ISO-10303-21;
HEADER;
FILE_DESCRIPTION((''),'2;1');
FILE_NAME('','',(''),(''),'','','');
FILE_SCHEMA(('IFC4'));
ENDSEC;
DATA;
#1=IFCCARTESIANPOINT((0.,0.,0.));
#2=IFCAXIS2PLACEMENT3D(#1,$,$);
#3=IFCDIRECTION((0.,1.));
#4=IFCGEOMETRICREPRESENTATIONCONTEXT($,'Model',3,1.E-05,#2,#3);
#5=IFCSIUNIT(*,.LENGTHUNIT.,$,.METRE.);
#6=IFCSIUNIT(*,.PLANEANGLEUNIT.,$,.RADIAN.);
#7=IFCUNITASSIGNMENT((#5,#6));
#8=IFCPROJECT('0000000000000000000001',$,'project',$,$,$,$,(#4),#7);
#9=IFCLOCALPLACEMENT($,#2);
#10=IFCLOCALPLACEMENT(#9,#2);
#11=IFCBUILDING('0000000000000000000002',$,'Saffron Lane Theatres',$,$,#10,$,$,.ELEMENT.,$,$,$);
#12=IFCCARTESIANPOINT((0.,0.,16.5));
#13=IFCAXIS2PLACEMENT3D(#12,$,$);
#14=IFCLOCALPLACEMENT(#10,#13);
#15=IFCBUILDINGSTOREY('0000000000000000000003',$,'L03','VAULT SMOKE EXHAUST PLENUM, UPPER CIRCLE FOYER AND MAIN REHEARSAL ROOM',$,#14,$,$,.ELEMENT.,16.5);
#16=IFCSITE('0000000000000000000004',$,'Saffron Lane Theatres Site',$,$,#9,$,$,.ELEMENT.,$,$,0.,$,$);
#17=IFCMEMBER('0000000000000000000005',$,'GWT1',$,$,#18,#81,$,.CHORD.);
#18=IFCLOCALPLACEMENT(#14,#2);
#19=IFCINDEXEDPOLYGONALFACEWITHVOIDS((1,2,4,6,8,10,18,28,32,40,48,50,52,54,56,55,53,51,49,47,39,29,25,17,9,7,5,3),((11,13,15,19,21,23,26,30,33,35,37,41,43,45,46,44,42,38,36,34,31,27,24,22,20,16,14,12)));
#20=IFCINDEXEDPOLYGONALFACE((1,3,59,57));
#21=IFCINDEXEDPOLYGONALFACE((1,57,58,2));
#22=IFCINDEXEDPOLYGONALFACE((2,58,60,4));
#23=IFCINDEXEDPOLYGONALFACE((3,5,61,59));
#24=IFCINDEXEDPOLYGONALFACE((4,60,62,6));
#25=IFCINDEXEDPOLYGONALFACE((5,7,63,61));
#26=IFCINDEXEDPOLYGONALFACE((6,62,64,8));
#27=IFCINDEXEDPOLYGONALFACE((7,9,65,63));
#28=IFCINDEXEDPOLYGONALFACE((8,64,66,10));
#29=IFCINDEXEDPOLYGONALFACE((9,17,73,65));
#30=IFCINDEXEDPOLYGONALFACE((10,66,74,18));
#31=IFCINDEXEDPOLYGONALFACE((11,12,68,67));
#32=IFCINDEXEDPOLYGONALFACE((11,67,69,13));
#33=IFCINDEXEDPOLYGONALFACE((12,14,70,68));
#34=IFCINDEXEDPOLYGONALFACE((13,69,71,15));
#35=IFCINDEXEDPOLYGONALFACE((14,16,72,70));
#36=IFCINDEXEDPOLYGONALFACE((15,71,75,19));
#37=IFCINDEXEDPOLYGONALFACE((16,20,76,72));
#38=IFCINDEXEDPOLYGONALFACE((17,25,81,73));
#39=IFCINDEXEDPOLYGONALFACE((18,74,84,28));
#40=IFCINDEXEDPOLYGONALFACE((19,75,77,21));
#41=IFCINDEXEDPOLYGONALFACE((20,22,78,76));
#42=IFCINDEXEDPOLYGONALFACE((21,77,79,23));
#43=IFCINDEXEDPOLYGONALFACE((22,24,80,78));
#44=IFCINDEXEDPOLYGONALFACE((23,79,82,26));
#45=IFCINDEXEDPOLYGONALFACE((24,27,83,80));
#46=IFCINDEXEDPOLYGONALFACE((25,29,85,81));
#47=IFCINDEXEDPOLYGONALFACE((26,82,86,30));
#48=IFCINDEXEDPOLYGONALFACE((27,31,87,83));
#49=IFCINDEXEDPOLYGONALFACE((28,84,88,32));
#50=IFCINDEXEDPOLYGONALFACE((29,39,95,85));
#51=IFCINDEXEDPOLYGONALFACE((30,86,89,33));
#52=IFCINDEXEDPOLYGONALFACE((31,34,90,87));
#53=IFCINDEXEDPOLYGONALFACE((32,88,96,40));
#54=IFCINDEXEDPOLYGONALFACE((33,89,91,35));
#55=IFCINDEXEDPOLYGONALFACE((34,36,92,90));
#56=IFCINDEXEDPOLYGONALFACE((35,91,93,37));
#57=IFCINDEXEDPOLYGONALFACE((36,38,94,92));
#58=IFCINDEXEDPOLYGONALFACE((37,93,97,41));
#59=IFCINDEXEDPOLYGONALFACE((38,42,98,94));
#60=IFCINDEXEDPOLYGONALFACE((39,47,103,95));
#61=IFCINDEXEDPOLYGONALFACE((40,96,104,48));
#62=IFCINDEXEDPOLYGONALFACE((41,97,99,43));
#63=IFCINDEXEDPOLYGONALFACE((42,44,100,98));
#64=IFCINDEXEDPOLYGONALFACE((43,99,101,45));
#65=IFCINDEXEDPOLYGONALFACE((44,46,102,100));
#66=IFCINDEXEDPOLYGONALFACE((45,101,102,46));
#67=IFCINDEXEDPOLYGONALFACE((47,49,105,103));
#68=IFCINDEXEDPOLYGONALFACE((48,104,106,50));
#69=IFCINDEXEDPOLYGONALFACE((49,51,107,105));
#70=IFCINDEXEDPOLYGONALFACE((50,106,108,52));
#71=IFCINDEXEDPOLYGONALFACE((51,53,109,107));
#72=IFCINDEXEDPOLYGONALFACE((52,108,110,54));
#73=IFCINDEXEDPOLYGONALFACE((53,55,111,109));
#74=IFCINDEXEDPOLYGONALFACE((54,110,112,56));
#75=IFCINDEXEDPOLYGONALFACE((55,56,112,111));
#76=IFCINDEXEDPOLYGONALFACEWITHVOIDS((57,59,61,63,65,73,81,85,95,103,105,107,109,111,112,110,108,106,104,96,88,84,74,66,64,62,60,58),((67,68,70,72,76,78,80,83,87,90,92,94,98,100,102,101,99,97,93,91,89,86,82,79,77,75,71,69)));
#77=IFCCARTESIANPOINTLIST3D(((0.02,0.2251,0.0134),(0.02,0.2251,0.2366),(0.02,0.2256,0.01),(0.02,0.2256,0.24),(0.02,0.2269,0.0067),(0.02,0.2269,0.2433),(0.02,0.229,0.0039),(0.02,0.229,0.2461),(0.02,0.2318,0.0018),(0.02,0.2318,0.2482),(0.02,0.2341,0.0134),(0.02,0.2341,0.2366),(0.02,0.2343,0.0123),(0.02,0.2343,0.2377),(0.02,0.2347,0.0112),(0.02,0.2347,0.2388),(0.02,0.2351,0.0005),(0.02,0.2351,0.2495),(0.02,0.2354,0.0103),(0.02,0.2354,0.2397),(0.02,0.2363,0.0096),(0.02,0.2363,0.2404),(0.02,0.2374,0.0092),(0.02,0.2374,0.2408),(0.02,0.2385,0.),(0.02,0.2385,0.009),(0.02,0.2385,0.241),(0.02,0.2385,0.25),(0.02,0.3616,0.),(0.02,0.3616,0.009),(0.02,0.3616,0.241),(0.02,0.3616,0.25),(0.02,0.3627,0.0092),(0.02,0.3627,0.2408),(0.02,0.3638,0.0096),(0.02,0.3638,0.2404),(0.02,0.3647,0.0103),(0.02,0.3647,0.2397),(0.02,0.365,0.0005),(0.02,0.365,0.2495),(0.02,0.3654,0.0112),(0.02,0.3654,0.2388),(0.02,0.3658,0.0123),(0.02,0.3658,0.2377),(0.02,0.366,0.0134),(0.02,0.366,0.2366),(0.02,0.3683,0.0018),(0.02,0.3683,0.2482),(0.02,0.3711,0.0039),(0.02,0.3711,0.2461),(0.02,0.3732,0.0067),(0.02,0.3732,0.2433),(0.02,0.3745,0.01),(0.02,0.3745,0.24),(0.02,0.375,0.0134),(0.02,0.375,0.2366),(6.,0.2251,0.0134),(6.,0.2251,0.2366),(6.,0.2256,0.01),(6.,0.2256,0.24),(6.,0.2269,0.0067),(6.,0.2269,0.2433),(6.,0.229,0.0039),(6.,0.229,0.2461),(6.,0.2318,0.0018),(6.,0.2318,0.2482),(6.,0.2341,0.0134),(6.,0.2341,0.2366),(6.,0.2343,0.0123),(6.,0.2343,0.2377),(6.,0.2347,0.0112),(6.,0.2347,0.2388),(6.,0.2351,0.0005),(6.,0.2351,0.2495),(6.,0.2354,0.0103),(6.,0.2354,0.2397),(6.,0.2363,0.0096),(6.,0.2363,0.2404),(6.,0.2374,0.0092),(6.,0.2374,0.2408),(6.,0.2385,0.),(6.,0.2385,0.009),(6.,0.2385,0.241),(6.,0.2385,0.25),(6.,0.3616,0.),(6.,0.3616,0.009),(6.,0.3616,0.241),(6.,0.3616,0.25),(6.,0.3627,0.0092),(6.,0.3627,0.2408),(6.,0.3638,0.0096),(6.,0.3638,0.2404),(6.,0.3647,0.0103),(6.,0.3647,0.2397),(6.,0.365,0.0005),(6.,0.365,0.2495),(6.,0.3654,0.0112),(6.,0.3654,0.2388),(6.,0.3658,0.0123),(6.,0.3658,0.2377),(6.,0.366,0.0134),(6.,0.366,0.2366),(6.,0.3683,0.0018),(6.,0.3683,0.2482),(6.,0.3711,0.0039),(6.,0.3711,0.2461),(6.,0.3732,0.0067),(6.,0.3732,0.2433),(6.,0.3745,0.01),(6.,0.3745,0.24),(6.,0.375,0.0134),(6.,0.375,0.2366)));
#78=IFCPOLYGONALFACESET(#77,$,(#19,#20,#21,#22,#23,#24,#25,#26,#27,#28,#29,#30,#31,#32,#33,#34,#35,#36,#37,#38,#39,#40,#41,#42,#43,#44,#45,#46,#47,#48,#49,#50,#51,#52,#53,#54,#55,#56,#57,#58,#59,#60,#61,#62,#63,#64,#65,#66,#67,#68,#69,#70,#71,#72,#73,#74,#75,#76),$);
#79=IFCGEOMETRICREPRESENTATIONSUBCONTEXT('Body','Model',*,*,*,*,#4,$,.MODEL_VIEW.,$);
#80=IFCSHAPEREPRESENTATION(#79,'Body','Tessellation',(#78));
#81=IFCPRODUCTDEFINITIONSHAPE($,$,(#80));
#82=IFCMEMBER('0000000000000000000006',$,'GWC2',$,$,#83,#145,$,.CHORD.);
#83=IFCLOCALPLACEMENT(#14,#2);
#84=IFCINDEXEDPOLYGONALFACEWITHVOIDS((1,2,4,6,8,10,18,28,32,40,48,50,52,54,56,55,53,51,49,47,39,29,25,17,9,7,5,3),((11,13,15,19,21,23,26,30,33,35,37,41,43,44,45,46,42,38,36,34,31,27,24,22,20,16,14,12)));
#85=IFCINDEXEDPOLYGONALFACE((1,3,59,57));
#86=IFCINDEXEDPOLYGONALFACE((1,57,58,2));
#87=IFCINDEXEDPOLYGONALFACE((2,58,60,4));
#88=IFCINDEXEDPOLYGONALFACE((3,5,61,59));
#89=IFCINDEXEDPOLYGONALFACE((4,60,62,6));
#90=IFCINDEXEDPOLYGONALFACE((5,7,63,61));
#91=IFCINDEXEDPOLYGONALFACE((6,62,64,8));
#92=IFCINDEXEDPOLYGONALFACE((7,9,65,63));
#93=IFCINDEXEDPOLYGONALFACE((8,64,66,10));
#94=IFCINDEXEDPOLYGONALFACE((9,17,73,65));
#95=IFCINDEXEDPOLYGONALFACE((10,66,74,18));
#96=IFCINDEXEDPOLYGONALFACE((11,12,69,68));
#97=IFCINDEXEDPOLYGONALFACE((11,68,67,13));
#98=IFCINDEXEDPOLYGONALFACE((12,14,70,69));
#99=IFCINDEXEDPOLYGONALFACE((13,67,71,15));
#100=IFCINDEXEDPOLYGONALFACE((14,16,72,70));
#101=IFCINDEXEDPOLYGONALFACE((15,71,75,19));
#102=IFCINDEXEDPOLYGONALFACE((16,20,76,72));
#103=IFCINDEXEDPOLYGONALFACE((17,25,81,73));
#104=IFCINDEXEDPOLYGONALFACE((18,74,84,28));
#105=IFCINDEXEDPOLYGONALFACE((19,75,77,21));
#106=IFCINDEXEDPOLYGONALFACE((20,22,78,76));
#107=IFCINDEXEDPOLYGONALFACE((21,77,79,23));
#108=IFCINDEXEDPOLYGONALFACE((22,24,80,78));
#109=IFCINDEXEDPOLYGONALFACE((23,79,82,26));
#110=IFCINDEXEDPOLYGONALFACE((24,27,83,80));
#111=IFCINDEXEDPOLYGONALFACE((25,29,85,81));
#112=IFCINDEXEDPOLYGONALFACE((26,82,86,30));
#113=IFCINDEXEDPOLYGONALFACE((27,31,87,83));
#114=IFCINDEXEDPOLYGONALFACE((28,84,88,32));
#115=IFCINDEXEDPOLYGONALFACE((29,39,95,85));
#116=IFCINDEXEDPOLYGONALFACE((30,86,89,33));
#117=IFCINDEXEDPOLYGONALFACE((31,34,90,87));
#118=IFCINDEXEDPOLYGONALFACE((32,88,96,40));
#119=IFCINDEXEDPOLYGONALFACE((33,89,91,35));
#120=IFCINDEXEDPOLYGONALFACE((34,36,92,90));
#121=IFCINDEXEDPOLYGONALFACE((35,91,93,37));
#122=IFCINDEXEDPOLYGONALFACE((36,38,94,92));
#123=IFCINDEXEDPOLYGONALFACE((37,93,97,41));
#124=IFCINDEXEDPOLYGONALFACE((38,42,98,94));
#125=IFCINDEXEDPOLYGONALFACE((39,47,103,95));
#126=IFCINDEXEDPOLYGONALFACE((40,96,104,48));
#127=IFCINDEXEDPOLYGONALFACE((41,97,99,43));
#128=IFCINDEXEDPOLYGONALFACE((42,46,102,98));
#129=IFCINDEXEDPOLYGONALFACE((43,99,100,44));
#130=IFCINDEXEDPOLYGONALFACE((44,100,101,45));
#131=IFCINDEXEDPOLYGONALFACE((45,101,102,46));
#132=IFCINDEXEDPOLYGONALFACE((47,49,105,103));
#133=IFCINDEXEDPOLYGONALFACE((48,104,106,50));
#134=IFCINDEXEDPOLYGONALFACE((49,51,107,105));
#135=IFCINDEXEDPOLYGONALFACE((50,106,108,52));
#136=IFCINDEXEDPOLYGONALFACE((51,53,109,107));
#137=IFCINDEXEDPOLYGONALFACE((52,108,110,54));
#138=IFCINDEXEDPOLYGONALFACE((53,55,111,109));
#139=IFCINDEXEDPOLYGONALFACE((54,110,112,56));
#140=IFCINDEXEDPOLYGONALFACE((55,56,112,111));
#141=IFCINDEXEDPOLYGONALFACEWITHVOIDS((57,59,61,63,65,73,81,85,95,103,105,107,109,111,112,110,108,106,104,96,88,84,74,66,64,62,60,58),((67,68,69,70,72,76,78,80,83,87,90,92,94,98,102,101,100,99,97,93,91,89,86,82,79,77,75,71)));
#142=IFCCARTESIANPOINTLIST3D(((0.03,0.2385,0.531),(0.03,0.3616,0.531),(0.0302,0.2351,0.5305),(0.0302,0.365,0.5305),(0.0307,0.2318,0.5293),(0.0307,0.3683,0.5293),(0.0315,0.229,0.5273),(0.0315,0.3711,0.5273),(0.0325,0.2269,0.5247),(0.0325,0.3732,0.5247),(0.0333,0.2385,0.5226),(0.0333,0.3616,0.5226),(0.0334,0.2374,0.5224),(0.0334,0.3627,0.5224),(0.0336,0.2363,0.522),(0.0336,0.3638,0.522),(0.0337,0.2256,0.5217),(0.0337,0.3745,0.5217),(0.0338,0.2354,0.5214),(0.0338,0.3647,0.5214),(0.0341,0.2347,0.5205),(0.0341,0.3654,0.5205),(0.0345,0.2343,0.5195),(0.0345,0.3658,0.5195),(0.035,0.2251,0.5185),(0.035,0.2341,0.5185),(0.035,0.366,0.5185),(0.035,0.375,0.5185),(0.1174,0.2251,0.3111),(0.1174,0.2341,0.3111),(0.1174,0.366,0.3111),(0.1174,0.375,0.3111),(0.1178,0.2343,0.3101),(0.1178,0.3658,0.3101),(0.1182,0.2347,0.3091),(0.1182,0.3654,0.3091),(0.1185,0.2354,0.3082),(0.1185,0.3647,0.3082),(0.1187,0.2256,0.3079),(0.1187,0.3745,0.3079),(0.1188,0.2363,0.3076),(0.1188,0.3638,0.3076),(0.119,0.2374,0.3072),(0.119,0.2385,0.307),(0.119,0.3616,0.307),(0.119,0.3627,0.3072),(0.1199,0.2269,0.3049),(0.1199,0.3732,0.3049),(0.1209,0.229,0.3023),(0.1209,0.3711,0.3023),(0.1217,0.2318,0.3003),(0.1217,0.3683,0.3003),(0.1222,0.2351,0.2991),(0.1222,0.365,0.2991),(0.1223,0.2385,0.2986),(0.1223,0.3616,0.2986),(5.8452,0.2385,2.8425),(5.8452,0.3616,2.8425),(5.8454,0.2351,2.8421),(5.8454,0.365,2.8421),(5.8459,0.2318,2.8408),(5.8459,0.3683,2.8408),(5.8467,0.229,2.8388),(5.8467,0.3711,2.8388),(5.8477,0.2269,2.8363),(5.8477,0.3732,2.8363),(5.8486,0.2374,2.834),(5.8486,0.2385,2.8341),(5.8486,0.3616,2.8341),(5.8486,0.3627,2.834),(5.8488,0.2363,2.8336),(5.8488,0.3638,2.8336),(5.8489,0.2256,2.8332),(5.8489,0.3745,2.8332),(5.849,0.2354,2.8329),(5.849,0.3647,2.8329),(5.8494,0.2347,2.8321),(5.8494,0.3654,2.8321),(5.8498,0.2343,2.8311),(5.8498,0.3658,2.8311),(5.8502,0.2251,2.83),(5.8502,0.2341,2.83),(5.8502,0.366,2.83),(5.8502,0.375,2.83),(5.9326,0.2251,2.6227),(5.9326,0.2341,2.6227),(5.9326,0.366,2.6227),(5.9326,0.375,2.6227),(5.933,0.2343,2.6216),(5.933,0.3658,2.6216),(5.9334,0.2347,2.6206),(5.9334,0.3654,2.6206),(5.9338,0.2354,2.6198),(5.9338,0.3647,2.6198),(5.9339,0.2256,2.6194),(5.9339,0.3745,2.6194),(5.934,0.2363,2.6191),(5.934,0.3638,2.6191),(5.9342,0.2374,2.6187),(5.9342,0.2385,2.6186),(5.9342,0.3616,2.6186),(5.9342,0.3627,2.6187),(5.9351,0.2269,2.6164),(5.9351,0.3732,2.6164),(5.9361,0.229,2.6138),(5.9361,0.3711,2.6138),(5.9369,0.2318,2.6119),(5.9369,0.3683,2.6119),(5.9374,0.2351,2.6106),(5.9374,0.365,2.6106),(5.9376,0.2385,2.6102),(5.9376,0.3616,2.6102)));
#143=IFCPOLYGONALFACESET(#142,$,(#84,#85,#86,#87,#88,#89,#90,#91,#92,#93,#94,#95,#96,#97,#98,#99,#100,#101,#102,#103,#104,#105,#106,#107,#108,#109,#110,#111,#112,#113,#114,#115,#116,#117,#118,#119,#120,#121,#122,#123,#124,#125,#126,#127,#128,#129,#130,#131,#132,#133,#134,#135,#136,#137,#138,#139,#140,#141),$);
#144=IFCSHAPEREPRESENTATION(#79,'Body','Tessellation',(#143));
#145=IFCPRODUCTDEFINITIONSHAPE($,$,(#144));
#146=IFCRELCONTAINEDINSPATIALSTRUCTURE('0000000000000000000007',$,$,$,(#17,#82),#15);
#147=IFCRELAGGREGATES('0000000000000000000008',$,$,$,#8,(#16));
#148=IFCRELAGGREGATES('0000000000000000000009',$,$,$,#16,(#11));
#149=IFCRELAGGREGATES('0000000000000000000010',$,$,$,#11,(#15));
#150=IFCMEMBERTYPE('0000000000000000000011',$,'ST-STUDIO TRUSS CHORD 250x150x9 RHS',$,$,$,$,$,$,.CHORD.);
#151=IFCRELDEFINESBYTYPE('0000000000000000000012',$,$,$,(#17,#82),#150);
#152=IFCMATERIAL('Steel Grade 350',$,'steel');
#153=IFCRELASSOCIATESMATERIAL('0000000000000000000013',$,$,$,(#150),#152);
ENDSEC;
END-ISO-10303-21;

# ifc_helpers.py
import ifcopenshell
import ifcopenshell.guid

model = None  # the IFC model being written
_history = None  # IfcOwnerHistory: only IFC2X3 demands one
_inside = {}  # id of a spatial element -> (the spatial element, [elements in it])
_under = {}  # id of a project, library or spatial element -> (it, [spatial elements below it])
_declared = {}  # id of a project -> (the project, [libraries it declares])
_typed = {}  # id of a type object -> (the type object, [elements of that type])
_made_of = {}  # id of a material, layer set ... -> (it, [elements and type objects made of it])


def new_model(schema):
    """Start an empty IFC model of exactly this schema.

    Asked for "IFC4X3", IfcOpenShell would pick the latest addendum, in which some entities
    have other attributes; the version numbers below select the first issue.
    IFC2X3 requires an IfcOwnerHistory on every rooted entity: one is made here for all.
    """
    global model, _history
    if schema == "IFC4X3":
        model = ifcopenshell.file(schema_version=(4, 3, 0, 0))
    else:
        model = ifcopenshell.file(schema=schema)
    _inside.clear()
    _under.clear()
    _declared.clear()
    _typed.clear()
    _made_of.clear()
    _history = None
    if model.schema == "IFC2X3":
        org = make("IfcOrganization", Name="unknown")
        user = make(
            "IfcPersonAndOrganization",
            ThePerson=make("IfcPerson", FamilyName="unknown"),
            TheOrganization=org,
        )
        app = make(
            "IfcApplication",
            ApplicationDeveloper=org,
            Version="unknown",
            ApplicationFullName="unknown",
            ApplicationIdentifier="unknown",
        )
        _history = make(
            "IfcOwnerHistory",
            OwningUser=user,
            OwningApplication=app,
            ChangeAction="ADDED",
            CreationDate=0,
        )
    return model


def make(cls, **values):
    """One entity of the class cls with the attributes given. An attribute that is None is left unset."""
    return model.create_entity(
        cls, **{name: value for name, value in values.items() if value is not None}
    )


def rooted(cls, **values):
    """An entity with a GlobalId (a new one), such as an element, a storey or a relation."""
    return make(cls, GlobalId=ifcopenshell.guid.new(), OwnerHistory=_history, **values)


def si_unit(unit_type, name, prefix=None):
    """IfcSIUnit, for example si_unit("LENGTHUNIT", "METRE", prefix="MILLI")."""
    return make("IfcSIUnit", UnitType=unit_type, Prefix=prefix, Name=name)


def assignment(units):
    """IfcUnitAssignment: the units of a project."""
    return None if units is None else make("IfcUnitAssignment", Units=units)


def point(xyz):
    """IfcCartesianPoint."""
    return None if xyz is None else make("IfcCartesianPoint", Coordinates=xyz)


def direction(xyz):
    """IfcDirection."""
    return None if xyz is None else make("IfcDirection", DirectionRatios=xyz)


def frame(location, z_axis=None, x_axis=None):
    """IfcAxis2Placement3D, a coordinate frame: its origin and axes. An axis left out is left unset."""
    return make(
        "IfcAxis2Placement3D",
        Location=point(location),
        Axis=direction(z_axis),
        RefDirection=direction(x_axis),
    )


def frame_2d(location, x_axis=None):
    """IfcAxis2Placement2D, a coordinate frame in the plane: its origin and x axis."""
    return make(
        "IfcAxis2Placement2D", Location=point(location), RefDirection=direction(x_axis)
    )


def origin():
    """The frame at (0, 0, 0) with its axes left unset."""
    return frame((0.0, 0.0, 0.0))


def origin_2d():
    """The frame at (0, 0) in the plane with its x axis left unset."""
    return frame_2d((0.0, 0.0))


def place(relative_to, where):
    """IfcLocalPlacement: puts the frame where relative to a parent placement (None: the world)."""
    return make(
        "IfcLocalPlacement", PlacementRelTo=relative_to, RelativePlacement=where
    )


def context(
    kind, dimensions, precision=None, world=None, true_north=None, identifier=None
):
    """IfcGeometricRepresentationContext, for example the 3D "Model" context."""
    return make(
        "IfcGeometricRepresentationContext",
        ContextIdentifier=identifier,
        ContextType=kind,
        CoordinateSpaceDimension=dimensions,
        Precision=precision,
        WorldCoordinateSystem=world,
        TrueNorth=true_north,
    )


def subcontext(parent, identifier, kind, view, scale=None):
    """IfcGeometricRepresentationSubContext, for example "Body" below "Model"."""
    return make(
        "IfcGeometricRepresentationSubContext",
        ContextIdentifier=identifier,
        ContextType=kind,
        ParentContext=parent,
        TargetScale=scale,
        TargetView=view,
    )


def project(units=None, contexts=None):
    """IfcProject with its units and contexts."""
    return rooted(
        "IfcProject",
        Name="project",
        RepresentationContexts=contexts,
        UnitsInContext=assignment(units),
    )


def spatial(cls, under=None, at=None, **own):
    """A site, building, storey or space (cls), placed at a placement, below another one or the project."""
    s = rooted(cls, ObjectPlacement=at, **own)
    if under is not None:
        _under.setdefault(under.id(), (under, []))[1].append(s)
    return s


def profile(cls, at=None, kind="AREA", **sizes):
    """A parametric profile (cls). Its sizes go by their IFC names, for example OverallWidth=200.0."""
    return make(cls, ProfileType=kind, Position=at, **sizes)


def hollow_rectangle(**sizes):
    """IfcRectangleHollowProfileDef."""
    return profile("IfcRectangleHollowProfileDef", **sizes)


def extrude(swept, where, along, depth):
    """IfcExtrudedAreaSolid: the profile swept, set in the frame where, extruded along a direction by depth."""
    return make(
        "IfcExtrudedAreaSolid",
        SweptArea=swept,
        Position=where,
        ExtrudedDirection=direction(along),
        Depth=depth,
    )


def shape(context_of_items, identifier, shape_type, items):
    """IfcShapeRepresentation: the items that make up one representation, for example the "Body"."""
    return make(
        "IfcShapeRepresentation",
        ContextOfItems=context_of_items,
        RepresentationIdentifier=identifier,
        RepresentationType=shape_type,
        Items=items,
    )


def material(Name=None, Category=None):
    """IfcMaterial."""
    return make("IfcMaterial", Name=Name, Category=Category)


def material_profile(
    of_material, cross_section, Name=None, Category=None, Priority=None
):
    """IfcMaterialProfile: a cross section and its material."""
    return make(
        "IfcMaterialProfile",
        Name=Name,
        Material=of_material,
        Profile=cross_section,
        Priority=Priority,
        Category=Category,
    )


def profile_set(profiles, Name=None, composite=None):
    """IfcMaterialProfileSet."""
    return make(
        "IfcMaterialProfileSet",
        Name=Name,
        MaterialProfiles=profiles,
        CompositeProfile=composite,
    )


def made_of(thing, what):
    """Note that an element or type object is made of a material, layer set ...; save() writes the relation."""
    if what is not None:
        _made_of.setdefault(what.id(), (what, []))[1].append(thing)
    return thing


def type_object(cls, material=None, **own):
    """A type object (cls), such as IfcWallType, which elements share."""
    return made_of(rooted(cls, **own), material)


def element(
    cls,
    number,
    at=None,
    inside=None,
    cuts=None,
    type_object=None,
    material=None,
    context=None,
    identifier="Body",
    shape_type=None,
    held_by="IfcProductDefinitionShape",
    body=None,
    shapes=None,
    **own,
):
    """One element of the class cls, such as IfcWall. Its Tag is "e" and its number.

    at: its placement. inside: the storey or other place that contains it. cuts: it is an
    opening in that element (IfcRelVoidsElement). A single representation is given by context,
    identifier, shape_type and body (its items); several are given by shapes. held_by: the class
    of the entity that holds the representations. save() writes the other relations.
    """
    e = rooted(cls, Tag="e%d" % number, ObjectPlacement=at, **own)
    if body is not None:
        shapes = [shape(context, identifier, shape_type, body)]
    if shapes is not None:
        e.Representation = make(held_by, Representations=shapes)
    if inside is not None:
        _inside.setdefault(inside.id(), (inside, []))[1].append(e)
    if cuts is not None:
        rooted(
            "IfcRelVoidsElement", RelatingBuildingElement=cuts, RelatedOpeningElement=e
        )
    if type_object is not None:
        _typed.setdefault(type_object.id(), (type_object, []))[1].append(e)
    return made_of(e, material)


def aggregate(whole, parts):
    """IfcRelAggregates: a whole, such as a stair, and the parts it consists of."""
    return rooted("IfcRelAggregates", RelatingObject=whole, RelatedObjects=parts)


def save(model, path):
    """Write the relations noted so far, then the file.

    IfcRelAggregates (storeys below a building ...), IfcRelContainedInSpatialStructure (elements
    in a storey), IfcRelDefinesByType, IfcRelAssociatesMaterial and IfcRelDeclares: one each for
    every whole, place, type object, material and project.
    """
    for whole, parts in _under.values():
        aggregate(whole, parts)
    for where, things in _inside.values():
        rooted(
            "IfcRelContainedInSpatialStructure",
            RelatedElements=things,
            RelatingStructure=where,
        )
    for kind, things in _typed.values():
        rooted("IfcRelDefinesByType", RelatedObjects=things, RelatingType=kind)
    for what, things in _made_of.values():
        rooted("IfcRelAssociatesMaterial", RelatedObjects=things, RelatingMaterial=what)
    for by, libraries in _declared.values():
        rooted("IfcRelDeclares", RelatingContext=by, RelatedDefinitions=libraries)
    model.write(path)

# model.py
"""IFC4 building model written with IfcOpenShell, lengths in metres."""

from ifc_helpers import new_model, si_unit, direction, frame, origin, origin_2d, place, context, subcontext, project, spatial, hollow_rectangle, extrude, material, material_profile, profile_set, type_object, element, save


model = new_model("IFC4")

# Units and contexts
model_context = context("Model", 3, precision=1e-05, world=origin(), true_north=direction((0.0, 1.0)))
body_context = subcontext(model_context, "Body", "Model", "MODEL_VIEW")
ifc_project = project(units=[si_unit("LENGTHUNIT", "METRE"), si_unit("PLANEANGLEUNIT", "RADIAN")], contexts=[model_context])

# Site, building, storey
site_placement = place(None, origin())
site = spatial("IfcSite", under=ifc_project, at=site_placement, Name="Saffron Lane Theatres Site", CompositionType="ELEMENT", RefElevation=0.0)
building_placement = place(site_placement, origin())
building = spatial("IfcBuilding", under=site, at=building_placement, Name="Saffron Lane Theatres", CompositionType="ELEMENT")
storey_placement = place(building_placement, frame((0.0, 0.0, 16.5)))
storey = spatial("IfcBuildingStorey", under=building, at=storey_placement, Name="L03", Description="VAULT SMOKE EXHAUST PLENUM, UPPER CIRCLE FOYER AND MAIN REHEARSAL ROOM", CompositionType="ELEMENT", Elevation=16.5)

# Members
ifc_material_1 = material(Name="Steel Grade 350", Category="steel")
ifc_material_profile_1 = material_profile(ifc_material_1, hollow_rectangle(XDim=0.1499, YDim=0.25, WallThickness=0.009, InnerFilletRadius=0.0044, OuterFilletRadius=0.0134, at=origin_2d()))
ifc_profile_set_1 = profile_set([ifc_material_profile_1], Name="Steel Grade 350")
member_type_1 = type_object("IfcMemberType", Name="ST-STUDIO TRUSS CHORD 250x150x9 RHS", PredefinedType="CHORD", material=ifc_profile_set_1)
member_1_placement = place(storey_placement, frame((0.02, 0.3, 0.125), z_axis=(1.0, 0.0, 0.0), x_axis=(0.0, 1.0, 0.0)))
element("IfcMember", 1, at=member_1_placement, inside=storey, type_object=member_type_1, Name="GWT1", PredefinedType="CHORD", context=body_context, shape_type="SweptSolid", body=[
    extrude(hollow_rectangle(XDim=0.1499, YDim=0.25, WallThickness=0.009, InnerFilletRadius=0.0044, OuterFilletRadius=0.0134, at=origin_2d()), origin(), (0.0, 0.0, 1.0), 5.98),
])
member_2_placement = place(storey_placement, frame((0.0762, 0.3, 0.4148), z_axis=(0.929276, 0.0, 0.369385), x_axis=(0.0, 1.0, 0.0)))
element("IfcMember", 2, at=member_2_placement, inside=storey, type_object=member_type_1, Name="GWC2", PredefinedType="CHORD", context=body_context, shape_type="SweptSolid", body=[
    extrude(hollow_rectangle(XDim=0.1499, YDim=0.25, WallThickness=0.009, InnerFilletRadius=0.0044, OuterFilletRadius=0.0134, at=origin_2d()), origin(), (0.0, 0.0, 1.0), 6.2578),
])

save(model, "model.ifc")
